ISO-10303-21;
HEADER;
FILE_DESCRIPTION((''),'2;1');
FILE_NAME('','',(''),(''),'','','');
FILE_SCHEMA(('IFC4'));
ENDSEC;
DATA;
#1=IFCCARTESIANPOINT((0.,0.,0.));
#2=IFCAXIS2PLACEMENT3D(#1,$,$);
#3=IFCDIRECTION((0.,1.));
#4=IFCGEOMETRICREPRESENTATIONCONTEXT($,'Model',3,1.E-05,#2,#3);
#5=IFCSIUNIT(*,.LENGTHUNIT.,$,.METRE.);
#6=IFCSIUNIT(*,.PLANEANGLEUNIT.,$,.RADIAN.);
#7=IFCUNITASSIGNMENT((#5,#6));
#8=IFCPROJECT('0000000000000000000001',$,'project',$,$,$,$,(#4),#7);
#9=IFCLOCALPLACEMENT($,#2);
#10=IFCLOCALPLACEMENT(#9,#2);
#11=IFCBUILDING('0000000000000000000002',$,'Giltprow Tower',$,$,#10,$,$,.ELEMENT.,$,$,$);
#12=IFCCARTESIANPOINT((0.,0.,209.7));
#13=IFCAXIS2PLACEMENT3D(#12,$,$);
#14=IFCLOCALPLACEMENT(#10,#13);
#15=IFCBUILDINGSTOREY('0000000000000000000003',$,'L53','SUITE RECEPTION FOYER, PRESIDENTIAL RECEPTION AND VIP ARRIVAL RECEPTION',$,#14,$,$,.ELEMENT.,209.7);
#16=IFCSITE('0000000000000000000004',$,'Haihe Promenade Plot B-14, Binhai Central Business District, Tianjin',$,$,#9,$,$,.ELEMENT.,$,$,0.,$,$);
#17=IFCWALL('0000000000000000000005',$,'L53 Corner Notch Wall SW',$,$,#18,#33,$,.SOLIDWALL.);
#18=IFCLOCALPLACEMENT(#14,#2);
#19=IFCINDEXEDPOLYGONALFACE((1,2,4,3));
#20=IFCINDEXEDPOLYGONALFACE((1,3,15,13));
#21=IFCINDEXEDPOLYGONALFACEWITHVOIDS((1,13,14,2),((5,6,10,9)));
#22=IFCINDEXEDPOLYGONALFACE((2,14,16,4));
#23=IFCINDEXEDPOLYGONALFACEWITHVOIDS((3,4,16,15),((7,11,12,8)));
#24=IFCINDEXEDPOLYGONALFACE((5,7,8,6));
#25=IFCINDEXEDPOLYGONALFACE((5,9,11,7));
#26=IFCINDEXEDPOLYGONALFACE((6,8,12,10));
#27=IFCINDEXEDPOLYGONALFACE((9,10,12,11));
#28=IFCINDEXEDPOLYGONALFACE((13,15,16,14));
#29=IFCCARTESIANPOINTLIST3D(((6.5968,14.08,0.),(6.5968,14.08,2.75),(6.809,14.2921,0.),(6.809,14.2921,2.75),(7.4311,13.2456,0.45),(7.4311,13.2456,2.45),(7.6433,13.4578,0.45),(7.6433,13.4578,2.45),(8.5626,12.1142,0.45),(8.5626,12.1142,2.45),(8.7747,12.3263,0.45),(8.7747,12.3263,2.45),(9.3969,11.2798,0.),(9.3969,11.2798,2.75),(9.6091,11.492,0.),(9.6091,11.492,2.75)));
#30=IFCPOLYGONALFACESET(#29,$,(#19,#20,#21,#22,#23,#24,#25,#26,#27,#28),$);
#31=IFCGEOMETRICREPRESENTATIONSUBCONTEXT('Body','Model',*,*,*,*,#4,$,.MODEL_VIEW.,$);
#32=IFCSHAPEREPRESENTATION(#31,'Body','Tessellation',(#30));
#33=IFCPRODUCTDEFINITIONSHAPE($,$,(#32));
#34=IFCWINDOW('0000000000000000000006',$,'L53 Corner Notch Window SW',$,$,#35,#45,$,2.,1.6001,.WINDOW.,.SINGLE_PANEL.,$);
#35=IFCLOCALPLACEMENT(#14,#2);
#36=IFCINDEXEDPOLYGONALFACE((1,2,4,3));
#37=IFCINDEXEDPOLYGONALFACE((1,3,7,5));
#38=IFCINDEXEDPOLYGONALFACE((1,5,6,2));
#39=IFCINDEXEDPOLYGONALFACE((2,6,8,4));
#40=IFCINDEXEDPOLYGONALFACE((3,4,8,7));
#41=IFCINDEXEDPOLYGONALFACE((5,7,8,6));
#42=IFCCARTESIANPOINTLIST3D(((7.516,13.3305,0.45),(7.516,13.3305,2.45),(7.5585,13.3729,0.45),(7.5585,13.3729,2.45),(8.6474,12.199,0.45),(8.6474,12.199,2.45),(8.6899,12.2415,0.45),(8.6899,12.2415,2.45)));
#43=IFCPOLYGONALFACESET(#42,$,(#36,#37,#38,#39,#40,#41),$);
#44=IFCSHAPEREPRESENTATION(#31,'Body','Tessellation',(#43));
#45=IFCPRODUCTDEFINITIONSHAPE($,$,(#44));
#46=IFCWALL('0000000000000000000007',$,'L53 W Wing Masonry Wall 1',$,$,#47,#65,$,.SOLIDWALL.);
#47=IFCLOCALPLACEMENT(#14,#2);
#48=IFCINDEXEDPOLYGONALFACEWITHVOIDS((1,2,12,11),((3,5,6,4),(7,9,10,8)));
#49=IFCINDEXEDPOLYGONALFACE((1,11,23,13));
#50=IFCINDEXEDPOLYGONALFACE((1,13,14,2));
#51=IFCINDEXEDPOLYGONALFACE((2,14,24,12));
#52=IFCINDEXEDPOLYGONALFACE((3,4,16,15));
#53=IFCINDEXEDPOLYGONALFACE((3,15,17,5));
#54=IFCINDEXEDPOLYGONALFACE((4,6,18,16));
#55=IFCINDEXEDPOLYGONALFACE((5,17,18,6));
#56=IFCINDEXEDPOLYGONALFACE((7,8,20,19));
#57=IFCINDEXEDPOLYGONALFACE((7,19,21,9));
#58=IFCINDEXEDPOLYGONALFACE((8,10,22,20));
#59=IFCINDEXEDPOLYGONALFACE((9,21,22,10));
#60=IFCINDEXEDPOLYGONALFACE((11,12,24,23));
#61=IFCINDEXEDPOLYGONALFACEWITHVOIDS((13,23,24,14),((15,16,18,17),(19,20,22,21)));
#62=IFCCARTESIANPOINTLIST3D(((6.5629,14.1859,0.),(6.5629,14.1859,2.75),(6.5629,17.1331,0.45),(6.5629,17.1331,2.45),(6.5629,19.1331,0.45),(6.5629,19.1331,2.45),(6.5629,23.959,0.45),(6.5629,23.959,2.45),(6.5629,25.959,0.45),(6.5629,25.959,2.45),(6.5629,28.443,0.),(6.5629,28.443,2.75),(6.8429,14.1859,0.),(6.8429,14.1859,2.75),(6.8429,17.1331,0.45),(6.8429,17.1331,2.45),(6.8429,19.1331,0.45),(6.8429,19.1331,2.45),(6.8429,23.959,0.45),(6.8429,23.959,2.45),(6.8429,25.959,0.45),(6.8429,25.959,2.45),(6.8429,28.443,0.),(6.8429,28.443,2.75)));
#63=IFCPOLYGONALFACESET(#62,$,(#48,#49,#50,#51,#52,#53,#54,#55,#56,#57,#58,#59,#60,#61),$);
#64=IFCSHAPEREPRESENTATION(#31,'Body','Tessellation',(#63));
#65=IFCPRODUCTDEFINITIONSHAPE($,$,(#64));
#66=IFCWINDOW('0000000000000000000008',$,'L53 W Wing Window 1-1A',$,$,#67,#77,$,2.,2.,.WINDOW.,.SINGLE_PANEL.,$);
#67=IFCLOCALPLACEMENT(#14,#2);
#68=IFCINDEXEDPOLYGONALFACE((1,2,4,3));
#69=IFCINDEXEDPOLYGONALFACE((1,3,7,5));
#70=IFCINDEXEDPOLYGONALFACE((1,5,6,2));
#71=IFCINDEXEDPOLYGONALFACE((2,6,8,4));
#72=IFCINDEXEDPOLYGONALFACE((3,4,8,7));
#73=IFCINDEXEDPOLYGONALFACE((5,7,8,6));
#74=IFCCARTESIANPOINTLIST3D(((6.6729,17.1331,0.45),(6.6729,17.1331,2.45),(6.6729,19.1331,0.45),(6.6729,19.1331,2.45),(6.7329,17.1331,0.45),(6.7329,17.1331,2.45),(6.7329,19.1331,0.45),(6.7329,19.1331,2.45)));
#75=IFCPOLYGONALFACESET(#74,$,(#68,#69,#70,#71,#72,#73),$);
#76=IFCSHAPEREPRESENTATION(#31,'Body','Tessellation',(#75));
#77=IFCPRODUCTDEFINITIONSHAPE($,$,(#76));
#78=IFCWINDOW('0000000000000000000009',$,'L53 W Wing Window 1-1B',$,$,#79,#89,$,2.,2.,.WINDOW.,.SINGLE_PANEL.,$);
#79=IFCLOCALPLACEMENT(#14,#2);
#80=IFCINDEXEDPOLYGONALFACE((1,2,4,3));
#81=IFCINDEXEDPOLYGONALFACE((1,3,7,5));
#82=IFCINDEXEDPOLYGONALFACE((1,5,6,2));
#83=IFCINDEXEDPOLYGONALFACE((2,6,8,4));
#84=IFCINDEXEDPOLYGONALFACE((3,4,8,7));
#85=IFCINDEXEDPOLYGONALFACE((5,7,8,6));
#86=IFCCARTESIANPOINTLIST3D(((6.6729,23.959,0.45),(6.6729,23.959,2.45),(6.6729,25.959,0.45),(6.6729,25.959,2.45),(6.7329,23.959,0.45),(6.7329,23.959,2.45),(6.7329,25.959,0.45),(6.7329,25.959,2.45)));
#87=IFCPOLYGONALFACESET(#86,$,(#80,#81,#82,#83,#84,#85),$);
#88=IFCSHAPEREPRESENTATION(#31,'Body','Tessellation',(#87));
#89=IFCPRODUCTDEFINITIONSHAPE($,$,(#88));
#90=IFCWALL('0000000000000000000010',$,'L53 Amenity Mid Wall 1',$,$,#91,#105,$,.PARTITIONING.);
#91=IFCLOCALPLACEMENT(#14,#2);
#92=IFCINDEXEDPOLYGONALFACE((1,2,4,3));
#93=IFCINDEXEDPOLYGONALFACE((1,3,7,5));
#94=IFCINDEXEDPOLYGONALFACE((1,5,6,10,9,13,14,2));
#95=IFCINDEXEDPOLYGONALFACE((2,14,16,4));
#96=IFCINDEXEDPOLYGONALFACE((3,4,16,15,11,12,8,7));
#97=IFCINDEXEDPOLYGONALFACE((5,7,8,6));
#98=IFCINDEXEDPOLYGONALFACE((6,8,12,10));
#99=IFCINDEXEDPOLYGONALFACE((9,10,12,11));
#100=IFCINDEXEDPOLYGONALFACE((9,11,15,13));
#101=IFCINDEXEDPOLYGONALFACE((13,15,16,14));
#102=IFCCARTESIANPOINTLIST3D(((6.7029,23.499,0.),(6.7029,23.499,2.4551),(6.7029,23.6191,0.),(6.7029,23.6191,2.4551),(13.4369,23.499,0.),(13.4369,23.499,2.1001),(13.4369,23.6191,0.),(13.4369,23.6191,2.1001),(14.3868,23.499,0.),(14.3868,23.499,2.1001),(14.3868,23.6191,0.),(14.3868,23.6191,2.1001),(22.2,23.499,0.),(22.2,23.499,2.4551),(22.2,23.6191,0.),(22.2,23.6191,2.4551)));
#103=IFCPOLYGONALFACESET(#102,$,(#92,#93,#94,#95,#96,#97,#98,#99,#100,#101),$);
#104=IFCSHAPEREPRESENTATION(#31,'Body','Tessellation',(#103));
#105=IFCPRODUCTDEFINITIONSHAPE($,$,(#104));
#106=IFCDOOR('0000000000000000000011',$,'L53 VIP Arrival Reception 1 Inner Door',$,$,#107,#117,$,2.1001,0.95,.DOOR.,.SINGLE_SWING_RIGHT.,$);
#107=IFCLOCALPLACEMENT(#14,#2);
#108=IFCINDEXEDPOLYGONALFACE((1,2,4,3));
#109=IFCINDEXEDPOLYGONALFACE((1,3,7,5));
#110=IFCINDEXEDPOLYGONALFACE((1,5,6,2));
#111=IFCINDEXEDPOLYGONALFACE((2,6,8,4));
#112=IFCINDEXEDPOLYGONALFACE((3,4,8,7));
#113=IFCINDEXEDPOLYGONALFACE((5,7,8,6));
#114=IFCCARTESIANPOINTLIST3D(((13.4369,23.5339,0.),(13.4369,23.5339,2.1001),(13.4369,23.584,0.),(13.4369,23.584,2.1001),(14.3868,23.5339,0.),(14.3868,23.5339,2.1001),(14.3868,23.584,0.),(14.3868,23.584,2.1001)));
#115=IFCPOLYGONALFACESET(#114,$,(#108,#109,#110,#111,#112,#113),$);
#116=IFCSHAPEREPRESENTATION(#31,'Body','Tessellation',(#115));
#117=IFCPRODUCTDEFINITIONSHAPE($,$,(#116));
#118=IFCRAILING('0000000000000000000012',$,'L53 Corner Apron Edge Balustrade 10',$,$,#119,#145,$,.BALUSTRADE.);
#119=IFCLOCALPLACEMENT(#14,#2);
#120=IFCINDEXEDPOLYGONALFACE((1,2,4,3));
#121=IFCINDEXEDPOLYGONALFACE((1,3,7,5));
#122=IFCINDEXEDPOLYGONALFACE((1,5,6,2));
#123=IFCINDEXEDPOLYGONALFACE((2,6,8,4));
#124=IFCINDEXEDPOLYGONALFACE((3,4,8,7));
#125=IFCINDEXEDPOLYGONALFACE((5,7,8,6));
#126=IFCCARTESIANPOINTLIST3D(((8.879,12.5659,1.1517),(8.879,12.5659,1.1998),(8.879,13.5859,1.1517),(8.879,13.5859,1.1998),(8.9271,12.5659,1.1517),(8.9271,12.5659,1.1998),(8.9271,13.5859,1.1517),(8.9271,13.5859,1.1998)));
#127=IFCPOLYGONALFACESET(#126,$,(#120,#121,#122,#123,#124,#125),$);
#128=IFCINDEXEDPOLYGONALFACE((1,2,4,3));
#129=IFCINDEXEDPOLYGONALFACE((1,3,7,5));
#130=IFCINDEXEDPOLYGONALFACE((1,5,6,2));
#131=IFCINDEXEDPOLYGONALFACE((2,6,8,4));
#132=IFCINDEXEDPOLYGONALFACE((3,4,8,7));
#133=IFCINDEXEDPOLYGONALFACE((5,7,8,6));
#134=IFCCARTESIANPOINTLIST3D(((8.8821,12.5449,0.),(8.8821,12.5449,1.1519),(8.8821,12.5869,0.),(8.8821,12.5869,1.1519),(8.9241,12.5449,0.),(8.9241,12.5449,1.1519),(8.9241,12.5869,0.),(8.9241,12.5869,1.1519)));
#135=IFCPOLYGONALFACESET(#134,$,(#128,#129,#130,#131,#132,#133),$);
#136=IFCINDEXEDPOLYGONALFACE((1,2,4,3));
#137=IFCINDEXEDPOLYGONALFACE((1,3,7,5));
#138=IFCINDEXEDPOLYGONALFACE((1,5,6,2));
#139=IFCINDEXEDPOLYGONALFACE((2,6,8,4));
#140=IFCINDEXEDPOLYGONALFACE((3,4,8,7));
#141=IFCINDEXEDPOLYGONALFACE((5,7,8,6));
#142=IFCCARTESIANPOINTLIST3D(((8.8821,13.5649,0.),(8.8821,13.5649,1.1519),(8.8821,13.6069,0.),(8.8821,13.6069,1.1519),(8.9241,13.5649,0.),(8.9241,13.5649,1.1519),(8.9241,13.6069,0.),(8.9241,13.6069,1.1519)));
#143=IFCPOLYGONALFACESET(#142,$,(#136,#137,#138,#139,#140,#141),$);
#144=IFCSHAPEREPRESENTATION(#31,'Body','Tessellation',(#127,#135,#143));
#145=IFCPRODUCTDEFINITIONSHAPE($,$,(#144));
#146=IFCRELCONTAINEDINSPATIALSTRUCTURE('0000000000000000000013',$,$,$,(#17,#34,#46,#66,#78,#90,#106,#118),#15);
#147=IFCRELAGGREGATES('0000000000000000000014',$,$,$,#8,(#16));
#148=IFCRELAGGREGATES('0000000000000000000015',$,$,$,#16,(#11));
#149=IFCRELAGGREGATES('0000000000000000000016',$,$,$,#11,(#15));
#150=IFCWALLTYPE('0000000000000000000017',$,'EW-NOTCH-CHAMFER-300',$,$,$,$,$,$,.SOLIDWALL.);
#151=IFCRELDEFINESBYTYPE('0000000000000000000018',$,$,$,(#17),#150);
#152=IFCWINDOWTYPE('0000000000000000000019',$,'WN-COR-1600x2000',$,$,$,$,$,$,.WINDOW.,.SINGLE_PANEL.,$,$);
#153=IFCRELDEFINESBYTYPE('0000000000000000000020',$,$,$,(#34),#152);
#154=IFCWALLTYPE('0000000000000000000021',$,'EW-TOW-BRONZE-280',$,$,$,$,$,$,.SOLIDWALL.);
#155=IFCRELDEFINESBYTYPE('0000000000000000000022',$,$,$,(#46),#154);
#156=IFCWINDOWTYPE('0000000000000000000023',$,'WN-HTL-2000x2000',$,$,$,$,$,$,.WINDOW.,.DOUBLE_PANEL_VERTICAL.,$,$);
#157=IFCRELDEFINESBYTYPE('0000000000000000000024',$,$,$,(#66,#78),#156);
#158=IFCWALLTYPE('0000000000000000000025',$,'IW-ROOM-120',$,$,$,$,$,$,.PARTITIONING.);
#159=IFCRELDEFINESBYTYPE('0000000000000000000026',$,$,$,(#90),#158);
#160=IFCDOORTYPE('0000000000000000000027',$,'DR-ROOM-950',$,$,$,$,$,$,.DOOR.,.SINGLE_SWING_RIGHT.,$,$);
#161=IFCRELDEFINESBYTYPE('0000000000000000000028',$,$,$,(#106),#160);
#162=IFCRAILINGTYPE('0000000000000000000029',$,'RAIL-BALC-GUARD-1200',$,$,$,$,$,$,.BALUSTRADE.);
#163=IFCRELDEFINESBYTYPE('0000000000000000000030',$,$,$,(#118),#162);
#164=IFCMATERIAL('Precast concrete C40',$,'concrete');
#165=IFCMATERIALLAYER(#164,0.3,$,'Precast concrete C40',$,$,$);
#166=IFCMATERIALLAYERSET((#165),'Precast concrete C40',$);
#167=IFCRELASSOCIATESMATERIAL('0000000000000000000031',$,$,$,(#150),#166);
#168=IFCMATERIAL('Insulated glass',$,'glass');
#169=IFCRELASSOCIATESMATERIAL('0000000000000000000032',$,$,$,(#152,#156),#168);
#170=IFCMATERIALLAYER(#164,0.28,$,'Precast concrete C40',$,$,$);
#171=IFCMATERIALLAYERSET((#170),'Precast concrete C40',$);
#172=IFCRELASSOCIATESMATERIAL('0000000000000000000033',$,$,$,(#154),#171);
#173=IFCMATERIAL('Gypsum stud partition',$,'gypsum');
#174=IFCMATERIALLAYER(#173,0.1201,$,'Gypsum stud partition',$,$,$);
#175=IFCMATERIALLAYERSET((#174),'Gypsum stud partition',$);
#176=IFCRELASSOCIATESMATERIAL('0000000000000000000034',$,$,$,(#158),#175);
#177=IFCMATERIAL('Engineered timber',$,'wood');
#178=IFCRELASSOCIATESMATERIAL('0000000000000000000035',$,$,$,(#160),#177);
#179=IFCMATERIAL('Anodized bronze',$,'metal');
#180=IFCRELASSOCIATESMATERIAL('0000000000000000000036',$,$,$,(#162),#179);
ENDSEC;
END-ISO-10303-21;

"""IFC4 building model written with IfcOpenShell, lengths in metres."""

from ifc_helpers import new_model, si_unit, direction, frame, frame_2d, origin, origin_2d, place, context, subcontext, project, spatial, rectangle, extrude, source, transform, mapped, material, layer, layer_set, type_object, element, fill, save


model = new_model("IFC4")

# Units and contexts
model_context = context("Model", 3, precision=1e-05, world=origin(), true_north=direction((0.0, 1.0)))
body_context = subcontext(model_context, "Body", "Model", "MODEL_VIEW")
ifc_project = project(units=[si_unit("LENGTHUNIT", "METRE"), si_unit("PLANEANGLEUNIT", "RADIAN")], contexts=[model_context])

# Site, building, storey
site_placement = place(None, origin())
site = spatial("IfcSite", under=ifc_project, at=site_placement, Name="Haihe Promenade Plot B-14, Binhai Central Business District, Tianjin", CompositionType="ELEMENT", RefElevation=0.0)
building_placement = place(site_placement, origin())
building = spatial("IfcBuilding", under=site, at=building_placement, Name="Giltprow Tower", CompositionType="ELEMENT")
storey_placement = place(building_placement, frame((0.0, 0.0, 209.7)))
storey = spatial("IfcBuildingStorey", under=building, at=storey_placement, Name="L53", Description="SUITE RECEPTION FOYER, PRESIDENTIAL RECEPTION AND VIP ARRIVAL RECEPTION", CompositionType="ELEMENT", Elevation=209.7)

# Shared definitions
ifc_material_1 = material(Name="Anodized bronze", Category="metal")

# Shared definitions
ifc_material_2 = material(Name="Insulated glass", Category="glass")

# Wall, opening, window
ifc_material_3 = material(Name="Precast concrete C40", Category="concrete")
ifc_layer_1 = layer(ifc_material_3, 0.3, Name="Precast concrete C40")
ifc_layer_set_1 = layer_set([ifc_layer_1], Name="Precast concrete C40")
wall_type_1 = type_object("IfcWallType", Name="EW-NOTCH-CHAMFER-300", PredefinedType="SOLIDWALL", material=ifc_layer_set_1)
wall_1_placement = place(storey_placement, frame((6.7029, 14.186, 0.0), z_axis=(0.0, 0.0, 1.0), x_axis=(0.707107, -0.707107, 0.0)))
wall_1 = element("IfcWall", 1, at=wall_1_placement, inside=storey, type_object=wall_type_1, Name="L53 Corner Notch Wall SW", PredefinedType="SOLIDWALL", context=body_context, shape_type="SweptSolid", body=[
    extrude(rectangle(XDim=3.96, YDim=0.3, at=frame_2d((1.98, 0.0))), origin(), (0.0, 0.0, 1.0), 2.75),
])
opening_1_placement = place(wall_1_placement, frame((1.1799, 0.0, 0.45)))
opening_1 = element("IfcOpeningElement", 2, at=opening_1_placement, cuts=wall_1, PredefinedType="OPENING", context=body_context, shape_type="SweptSolid", body=[
    extrude(rectangle(XDim=1.6001, YDim=2.0, at=frame_2d((0.8, 1.0))), frame((0.0, 0.1599, 0.0), z_axis=(0.0, -1.0, 0.0), x_axis=(1.0, 0.0, 0.0)), (0.0, 0.0, 1.0), 0.3201),
])
window_type_1 = type_object("IfcWindowType", Name="WN-COR-1600x2000", PartitioningType="SINGLE_PANEL", PredefinedType="WINDOW", material=ifc_material_2)
shared_shape_1 = source(origin(), body_context, "Body", "SweptSolid", [
    extrude(rectangle(XDim=1.6001, YDim=2.0, at=frame_2d((0.8, 1.0))), frame((0.0, 0.03, 0.0), z_axis=(0.0, -1.0, 0.0), x_axis=(1.0, 0.0, 0.0)), (0.0, 0.0, 1.0), 0.0601),
])
window_1_placement = place(opening_1_placement, origin())
window_1 = element("IfcWindow", 3, at=window_1_placement, inside=storey, type_object=window_type_1, Name="L53 Corner Notch Window SW", OverallHeight=2.0, OverallWidth=1.6001, PartitioningType="SINGLE_PANEL", PredefinedType="WINDOW", context=body_context, shape_type="MappedRepresentation", body=[
    mapped(shared_shape_1, transform((0.0, 0.0, 0.0), x_axis=(1.0, 0.0, 0.0), y_axis=(0.0, 1.0, 0.0), z_axis=(0.0, 0.0, 1.0), scale=1.0)),
])
fill(opening_1, window_1)

# Wall, openings, windows
ifc_layer_2 = layer(ifc_material_3, 0.28, Name="Precast concrete C40")
ifc_layer_set_2 = layer_set([ifc_layer_2], Name="Precast concrete C40")
wall_type_2 = type_object("IfcWallType", Name="EW-TOW-BRONZE-280", PredefinedType="SOLIDWALL", material=ifc_layer_set_2)
wall_2_placement = place(storey_placement, frame((6.7029, 14.186, 0.0), z_axis=(0.0, 0.0, 1.0), x_axis=(0.0, 1.0, 0.0)))
wall_2 = element("IfcWall", 4, at=wall_2_placement, inside=storey, type_object=wall_type_2, Name="L53 W Wing Masonry Wall 1", PredefinedType="SOLIDWALL", context=body_context, shape_type="SweptSolid", body=[
    extrude(rectangle(XDim=14.2571, YDim=0.28, at=frame_2d((7.1284, 0.0))), origin(), (0.0, 0.0, 1.0), 2.75),
])
opening_2_placement = place(wall_2_placement, frame((2.947, 0.0, 0.45)))
opening_2 = element("IfcOpeningElement", 5, at=opening_2_placement, cuts=wall_2, PredefinedType="OPENING", context=body_context, shape_type="SweptSolid", body=[
    extrude(rectangle(XDim=2.0, YDim=2.0, at=frame_2d((1.0, 1.0))), frame((0.0, 0.1499, 0.0), z_axis=(0.0, -1.0, 0.0), x_axis=(1.0, 0.0, 0.0)), (0.0, 0.0, 1.0), 0.3),
])
opening_3_placement = place(wall_2_placement, frame((9.7729, 0.0, 0.45)))
opening_3 = element("IfcOpeningElement", 6, at=opening_3_placement, cuts=wall_2, PredefinedType="OPENING", context=body_context, shape_type="SweptSolid", body=[
    extrude(rectangle(XDim=2.0, YDim=2.0, at=frame_2d((1.0, 1.0))), frame((0.0, 0.1499, 0.0), z_axis=(0.0, -1.0, 0.0), x_axis=(1.0, 0.0, 0.0)), (0.0, 0.0, 1.0), 0.3),
])
window_type_2 = type_object("IfcWindowType", Name="WN-HTL-2000x2000", PartitioningType="DOUBLE_PANEL_VERTICAL", PredefinedType="WINDOW", material=ifc_material_2)
shared_shape_2 = source(origin(), body_context, "Body", "SweptSolid", [
    extrude(rectangle(XDim=2.0, YDim=2.0, at=frame_2d((1.0, 1.0))), frame((0.0, 0.03, 0.0), z_axis=(0.0, -1.0, 0.0), x_axis=(1.0, 0.0, 0.0)), (0.0, 0.0, 1.0), 0.0601),
])
window_2_placement = place(opening_2_placement, origin())
window_2 = element("IfcWindow", 7, at=window_2_placement, inside=storey, type_object=window_type_2, Name="L53 W Wing Window 1-1A", OverallHeight=2.0, OverallWidth=2.0, PartitioningType="SINGLE_PANEL", PredefinedType="WINDOW", context=body_context, shape_type="MappedRepresentation", body=[
    mapped(shared_shape_2, transform((0.0, 0.0, 0.0), x_axis=(1.0, 0.0, 0.0), y_axis=(0.0, 1.0, 0.0), z_axis=(0.0, 0.0, 1.0), scale=1.0)),
])
fill(opening_2, window_2)
window_3_placement = place(opening_3_placement, origin())
window_3 = element("IfcWindow", 8, at=window_3_placement, inside=storey, type_object=window_type_2, Name="L53 W Wing Window 1-1B", OverallHeight=2.0, OverallWidth=2.0, PartitioningType="SINGLE_PANEL", PredefinedType="WINDOW", context=body_context, shape_type="MappedRepresentation", body=[
    mapped(shared_shape_2, transform((0.0, 0.0, 0.0), x_axis=(1.0, 0.0, 0.0), y_axis=(0.0, 1.0, 0.0), z_axis=(0.0, 0.0, 1.0), scale=1.0)),
])
fill(opening_3, window_3)

# Wall, opening, door
ifc_material_4 = material(Name="Gypsum stud partition", Category="gypsum")
ifc_layer_3 = layer(ifc_material_4, 0.1201, Name="Gypsum stud partition")
ifc_layer_set_3 = layer_set([ifc_layer_3], Name="Gypsum stud partition")
wall_type_3 = type_object("IfcWallType", Name="IW-ROOM-120", PredefinedType="PARTITIONING", material=ifc_layer_set_3)
wall_3_placement = place(storey_placement, frame((6.7029, 23.5591, 0.0), z_axis=(0.0, 0.0, 1.0), x_axis=(1.0, 0.0, 0.0)))
wall_3 = element("IfcWall", 9, at=wall_3_placement, inside=storey, type_object=wall_type_3, Name="L53 Amenity Mid Wall 1", PredefinedType="PARTITIONING", context=body_context, shape_type="SweptSolid", body=[
    extrude(rectangle(XDim=15.4971, YDim=0.1201, at=frame_2d((7.7485, 0.0))), origin(), (0.0, 0.0, 1.0), 2.4551),
])
opening_4_placement = place(wall_3_placement, frame((6.7339, 0.0, 0.0)))
opening_4 = element("IfcOpeningElement", 10, at=opening_4_placement, cuts=wall_3, PredefinedType="OPENING", context=body_context, shape_type="SweptSolid", body=[
    extrude(rectangle(XDim=0.95, YDim=2.1001, at=frame_2d((0.4751, 1.05))), frame((0.0, 0.0701, 0.0), z_axis=(0.0, -1.0, 0.0), x_axis=(1.0, 0.0, 0.0)), (0.0, 0.0, 1.0), 0.1401),
])
ifc_material_5 = material(Name="Engineered timber", Category="wood")
door_type = type_object("IfcDoorType", Name="DR-ROOM-950", OperationType="SINGLE_SWING_RIGHT", PredefinedType="DOOR", material=ifc_material_5)
shared_shape_3 = source(origin(), body_context, "Body", "SweptSolid", [
    extrude(rectangle(XDim=0.95, YDim=2.1001, at=frame_2d((0.4751, 1.05))), frame((0.0, 0.0249, 0.0), z_axis=(0.0, -1.0, 0.0), x_axis=(1.0, 0.0, 0.0)), (0.0, 0.0, 1.0), 0.05),
])
door_placement = place(opening_4_placement, origin())
door = element("IfcDoor", 11, at=door_placement, inside=storey, type_object=door_type, Name="L53 VIP Arrival Reception 1 Inner Door", OperationType="SINGLE_SWING_RIGHT", OverallHeight=2.1001, OverallWidth=0.95, PredefinedType="DOOR", context=body_context, shape_type="MappedRepresentation", body=[
    mapped(shared_shape_3, transform((0.0, 0.0, 0.0), x_axis=(1.0, 0.0, 0.0), y_axis=(0.0, 1.0, 0.0), z_axis=(0.0, 0.0, 1.0), scale=1.0)),
])
fill(opening_4, door)

# Railing
railing_type = type_object("IfcRailingType", Name="RAIL-BALC-GUARD-1200", PredefinedType="BALUSTRADE", material=ifc_material_1)
railing_1_placement = place(storey_placement, frame((8.9031, 12.5659, 0.0)))
element("IfcRailing", 12, at=railing_1_placement, inside=storey, type_object=railing_type, Name="L53 Corner Apron Edge Balustrade 10", PredefinedType="BALUSTRADE", context=body_context, shape_type="SweptSolid", body=[
    extrude(rectangle(XDim=0.0481, YDim=0.0481, at=origin_2d()), frame((0.0, 0.0, 1.1758), z_axis=(0.0, 1.0, 0.0), x_axis=(-1.0, 0.0, 0.0)), (0.0, 0.0, 1.0), 1.02),
    extrude(rectangle(XDim=0.042, YDim=0.042, at=origin_2d()), origin(), (0.0, 0.0, 1.0), 1.1519),
    extrude(rectangle(XDim=0.042, YDim=0.042, at=origin_2d()), frame((0.0, 1.02, 0.0)), (0.0, 0.0, 1.0), 1.1519),
])

save(model, "model.ifc")
